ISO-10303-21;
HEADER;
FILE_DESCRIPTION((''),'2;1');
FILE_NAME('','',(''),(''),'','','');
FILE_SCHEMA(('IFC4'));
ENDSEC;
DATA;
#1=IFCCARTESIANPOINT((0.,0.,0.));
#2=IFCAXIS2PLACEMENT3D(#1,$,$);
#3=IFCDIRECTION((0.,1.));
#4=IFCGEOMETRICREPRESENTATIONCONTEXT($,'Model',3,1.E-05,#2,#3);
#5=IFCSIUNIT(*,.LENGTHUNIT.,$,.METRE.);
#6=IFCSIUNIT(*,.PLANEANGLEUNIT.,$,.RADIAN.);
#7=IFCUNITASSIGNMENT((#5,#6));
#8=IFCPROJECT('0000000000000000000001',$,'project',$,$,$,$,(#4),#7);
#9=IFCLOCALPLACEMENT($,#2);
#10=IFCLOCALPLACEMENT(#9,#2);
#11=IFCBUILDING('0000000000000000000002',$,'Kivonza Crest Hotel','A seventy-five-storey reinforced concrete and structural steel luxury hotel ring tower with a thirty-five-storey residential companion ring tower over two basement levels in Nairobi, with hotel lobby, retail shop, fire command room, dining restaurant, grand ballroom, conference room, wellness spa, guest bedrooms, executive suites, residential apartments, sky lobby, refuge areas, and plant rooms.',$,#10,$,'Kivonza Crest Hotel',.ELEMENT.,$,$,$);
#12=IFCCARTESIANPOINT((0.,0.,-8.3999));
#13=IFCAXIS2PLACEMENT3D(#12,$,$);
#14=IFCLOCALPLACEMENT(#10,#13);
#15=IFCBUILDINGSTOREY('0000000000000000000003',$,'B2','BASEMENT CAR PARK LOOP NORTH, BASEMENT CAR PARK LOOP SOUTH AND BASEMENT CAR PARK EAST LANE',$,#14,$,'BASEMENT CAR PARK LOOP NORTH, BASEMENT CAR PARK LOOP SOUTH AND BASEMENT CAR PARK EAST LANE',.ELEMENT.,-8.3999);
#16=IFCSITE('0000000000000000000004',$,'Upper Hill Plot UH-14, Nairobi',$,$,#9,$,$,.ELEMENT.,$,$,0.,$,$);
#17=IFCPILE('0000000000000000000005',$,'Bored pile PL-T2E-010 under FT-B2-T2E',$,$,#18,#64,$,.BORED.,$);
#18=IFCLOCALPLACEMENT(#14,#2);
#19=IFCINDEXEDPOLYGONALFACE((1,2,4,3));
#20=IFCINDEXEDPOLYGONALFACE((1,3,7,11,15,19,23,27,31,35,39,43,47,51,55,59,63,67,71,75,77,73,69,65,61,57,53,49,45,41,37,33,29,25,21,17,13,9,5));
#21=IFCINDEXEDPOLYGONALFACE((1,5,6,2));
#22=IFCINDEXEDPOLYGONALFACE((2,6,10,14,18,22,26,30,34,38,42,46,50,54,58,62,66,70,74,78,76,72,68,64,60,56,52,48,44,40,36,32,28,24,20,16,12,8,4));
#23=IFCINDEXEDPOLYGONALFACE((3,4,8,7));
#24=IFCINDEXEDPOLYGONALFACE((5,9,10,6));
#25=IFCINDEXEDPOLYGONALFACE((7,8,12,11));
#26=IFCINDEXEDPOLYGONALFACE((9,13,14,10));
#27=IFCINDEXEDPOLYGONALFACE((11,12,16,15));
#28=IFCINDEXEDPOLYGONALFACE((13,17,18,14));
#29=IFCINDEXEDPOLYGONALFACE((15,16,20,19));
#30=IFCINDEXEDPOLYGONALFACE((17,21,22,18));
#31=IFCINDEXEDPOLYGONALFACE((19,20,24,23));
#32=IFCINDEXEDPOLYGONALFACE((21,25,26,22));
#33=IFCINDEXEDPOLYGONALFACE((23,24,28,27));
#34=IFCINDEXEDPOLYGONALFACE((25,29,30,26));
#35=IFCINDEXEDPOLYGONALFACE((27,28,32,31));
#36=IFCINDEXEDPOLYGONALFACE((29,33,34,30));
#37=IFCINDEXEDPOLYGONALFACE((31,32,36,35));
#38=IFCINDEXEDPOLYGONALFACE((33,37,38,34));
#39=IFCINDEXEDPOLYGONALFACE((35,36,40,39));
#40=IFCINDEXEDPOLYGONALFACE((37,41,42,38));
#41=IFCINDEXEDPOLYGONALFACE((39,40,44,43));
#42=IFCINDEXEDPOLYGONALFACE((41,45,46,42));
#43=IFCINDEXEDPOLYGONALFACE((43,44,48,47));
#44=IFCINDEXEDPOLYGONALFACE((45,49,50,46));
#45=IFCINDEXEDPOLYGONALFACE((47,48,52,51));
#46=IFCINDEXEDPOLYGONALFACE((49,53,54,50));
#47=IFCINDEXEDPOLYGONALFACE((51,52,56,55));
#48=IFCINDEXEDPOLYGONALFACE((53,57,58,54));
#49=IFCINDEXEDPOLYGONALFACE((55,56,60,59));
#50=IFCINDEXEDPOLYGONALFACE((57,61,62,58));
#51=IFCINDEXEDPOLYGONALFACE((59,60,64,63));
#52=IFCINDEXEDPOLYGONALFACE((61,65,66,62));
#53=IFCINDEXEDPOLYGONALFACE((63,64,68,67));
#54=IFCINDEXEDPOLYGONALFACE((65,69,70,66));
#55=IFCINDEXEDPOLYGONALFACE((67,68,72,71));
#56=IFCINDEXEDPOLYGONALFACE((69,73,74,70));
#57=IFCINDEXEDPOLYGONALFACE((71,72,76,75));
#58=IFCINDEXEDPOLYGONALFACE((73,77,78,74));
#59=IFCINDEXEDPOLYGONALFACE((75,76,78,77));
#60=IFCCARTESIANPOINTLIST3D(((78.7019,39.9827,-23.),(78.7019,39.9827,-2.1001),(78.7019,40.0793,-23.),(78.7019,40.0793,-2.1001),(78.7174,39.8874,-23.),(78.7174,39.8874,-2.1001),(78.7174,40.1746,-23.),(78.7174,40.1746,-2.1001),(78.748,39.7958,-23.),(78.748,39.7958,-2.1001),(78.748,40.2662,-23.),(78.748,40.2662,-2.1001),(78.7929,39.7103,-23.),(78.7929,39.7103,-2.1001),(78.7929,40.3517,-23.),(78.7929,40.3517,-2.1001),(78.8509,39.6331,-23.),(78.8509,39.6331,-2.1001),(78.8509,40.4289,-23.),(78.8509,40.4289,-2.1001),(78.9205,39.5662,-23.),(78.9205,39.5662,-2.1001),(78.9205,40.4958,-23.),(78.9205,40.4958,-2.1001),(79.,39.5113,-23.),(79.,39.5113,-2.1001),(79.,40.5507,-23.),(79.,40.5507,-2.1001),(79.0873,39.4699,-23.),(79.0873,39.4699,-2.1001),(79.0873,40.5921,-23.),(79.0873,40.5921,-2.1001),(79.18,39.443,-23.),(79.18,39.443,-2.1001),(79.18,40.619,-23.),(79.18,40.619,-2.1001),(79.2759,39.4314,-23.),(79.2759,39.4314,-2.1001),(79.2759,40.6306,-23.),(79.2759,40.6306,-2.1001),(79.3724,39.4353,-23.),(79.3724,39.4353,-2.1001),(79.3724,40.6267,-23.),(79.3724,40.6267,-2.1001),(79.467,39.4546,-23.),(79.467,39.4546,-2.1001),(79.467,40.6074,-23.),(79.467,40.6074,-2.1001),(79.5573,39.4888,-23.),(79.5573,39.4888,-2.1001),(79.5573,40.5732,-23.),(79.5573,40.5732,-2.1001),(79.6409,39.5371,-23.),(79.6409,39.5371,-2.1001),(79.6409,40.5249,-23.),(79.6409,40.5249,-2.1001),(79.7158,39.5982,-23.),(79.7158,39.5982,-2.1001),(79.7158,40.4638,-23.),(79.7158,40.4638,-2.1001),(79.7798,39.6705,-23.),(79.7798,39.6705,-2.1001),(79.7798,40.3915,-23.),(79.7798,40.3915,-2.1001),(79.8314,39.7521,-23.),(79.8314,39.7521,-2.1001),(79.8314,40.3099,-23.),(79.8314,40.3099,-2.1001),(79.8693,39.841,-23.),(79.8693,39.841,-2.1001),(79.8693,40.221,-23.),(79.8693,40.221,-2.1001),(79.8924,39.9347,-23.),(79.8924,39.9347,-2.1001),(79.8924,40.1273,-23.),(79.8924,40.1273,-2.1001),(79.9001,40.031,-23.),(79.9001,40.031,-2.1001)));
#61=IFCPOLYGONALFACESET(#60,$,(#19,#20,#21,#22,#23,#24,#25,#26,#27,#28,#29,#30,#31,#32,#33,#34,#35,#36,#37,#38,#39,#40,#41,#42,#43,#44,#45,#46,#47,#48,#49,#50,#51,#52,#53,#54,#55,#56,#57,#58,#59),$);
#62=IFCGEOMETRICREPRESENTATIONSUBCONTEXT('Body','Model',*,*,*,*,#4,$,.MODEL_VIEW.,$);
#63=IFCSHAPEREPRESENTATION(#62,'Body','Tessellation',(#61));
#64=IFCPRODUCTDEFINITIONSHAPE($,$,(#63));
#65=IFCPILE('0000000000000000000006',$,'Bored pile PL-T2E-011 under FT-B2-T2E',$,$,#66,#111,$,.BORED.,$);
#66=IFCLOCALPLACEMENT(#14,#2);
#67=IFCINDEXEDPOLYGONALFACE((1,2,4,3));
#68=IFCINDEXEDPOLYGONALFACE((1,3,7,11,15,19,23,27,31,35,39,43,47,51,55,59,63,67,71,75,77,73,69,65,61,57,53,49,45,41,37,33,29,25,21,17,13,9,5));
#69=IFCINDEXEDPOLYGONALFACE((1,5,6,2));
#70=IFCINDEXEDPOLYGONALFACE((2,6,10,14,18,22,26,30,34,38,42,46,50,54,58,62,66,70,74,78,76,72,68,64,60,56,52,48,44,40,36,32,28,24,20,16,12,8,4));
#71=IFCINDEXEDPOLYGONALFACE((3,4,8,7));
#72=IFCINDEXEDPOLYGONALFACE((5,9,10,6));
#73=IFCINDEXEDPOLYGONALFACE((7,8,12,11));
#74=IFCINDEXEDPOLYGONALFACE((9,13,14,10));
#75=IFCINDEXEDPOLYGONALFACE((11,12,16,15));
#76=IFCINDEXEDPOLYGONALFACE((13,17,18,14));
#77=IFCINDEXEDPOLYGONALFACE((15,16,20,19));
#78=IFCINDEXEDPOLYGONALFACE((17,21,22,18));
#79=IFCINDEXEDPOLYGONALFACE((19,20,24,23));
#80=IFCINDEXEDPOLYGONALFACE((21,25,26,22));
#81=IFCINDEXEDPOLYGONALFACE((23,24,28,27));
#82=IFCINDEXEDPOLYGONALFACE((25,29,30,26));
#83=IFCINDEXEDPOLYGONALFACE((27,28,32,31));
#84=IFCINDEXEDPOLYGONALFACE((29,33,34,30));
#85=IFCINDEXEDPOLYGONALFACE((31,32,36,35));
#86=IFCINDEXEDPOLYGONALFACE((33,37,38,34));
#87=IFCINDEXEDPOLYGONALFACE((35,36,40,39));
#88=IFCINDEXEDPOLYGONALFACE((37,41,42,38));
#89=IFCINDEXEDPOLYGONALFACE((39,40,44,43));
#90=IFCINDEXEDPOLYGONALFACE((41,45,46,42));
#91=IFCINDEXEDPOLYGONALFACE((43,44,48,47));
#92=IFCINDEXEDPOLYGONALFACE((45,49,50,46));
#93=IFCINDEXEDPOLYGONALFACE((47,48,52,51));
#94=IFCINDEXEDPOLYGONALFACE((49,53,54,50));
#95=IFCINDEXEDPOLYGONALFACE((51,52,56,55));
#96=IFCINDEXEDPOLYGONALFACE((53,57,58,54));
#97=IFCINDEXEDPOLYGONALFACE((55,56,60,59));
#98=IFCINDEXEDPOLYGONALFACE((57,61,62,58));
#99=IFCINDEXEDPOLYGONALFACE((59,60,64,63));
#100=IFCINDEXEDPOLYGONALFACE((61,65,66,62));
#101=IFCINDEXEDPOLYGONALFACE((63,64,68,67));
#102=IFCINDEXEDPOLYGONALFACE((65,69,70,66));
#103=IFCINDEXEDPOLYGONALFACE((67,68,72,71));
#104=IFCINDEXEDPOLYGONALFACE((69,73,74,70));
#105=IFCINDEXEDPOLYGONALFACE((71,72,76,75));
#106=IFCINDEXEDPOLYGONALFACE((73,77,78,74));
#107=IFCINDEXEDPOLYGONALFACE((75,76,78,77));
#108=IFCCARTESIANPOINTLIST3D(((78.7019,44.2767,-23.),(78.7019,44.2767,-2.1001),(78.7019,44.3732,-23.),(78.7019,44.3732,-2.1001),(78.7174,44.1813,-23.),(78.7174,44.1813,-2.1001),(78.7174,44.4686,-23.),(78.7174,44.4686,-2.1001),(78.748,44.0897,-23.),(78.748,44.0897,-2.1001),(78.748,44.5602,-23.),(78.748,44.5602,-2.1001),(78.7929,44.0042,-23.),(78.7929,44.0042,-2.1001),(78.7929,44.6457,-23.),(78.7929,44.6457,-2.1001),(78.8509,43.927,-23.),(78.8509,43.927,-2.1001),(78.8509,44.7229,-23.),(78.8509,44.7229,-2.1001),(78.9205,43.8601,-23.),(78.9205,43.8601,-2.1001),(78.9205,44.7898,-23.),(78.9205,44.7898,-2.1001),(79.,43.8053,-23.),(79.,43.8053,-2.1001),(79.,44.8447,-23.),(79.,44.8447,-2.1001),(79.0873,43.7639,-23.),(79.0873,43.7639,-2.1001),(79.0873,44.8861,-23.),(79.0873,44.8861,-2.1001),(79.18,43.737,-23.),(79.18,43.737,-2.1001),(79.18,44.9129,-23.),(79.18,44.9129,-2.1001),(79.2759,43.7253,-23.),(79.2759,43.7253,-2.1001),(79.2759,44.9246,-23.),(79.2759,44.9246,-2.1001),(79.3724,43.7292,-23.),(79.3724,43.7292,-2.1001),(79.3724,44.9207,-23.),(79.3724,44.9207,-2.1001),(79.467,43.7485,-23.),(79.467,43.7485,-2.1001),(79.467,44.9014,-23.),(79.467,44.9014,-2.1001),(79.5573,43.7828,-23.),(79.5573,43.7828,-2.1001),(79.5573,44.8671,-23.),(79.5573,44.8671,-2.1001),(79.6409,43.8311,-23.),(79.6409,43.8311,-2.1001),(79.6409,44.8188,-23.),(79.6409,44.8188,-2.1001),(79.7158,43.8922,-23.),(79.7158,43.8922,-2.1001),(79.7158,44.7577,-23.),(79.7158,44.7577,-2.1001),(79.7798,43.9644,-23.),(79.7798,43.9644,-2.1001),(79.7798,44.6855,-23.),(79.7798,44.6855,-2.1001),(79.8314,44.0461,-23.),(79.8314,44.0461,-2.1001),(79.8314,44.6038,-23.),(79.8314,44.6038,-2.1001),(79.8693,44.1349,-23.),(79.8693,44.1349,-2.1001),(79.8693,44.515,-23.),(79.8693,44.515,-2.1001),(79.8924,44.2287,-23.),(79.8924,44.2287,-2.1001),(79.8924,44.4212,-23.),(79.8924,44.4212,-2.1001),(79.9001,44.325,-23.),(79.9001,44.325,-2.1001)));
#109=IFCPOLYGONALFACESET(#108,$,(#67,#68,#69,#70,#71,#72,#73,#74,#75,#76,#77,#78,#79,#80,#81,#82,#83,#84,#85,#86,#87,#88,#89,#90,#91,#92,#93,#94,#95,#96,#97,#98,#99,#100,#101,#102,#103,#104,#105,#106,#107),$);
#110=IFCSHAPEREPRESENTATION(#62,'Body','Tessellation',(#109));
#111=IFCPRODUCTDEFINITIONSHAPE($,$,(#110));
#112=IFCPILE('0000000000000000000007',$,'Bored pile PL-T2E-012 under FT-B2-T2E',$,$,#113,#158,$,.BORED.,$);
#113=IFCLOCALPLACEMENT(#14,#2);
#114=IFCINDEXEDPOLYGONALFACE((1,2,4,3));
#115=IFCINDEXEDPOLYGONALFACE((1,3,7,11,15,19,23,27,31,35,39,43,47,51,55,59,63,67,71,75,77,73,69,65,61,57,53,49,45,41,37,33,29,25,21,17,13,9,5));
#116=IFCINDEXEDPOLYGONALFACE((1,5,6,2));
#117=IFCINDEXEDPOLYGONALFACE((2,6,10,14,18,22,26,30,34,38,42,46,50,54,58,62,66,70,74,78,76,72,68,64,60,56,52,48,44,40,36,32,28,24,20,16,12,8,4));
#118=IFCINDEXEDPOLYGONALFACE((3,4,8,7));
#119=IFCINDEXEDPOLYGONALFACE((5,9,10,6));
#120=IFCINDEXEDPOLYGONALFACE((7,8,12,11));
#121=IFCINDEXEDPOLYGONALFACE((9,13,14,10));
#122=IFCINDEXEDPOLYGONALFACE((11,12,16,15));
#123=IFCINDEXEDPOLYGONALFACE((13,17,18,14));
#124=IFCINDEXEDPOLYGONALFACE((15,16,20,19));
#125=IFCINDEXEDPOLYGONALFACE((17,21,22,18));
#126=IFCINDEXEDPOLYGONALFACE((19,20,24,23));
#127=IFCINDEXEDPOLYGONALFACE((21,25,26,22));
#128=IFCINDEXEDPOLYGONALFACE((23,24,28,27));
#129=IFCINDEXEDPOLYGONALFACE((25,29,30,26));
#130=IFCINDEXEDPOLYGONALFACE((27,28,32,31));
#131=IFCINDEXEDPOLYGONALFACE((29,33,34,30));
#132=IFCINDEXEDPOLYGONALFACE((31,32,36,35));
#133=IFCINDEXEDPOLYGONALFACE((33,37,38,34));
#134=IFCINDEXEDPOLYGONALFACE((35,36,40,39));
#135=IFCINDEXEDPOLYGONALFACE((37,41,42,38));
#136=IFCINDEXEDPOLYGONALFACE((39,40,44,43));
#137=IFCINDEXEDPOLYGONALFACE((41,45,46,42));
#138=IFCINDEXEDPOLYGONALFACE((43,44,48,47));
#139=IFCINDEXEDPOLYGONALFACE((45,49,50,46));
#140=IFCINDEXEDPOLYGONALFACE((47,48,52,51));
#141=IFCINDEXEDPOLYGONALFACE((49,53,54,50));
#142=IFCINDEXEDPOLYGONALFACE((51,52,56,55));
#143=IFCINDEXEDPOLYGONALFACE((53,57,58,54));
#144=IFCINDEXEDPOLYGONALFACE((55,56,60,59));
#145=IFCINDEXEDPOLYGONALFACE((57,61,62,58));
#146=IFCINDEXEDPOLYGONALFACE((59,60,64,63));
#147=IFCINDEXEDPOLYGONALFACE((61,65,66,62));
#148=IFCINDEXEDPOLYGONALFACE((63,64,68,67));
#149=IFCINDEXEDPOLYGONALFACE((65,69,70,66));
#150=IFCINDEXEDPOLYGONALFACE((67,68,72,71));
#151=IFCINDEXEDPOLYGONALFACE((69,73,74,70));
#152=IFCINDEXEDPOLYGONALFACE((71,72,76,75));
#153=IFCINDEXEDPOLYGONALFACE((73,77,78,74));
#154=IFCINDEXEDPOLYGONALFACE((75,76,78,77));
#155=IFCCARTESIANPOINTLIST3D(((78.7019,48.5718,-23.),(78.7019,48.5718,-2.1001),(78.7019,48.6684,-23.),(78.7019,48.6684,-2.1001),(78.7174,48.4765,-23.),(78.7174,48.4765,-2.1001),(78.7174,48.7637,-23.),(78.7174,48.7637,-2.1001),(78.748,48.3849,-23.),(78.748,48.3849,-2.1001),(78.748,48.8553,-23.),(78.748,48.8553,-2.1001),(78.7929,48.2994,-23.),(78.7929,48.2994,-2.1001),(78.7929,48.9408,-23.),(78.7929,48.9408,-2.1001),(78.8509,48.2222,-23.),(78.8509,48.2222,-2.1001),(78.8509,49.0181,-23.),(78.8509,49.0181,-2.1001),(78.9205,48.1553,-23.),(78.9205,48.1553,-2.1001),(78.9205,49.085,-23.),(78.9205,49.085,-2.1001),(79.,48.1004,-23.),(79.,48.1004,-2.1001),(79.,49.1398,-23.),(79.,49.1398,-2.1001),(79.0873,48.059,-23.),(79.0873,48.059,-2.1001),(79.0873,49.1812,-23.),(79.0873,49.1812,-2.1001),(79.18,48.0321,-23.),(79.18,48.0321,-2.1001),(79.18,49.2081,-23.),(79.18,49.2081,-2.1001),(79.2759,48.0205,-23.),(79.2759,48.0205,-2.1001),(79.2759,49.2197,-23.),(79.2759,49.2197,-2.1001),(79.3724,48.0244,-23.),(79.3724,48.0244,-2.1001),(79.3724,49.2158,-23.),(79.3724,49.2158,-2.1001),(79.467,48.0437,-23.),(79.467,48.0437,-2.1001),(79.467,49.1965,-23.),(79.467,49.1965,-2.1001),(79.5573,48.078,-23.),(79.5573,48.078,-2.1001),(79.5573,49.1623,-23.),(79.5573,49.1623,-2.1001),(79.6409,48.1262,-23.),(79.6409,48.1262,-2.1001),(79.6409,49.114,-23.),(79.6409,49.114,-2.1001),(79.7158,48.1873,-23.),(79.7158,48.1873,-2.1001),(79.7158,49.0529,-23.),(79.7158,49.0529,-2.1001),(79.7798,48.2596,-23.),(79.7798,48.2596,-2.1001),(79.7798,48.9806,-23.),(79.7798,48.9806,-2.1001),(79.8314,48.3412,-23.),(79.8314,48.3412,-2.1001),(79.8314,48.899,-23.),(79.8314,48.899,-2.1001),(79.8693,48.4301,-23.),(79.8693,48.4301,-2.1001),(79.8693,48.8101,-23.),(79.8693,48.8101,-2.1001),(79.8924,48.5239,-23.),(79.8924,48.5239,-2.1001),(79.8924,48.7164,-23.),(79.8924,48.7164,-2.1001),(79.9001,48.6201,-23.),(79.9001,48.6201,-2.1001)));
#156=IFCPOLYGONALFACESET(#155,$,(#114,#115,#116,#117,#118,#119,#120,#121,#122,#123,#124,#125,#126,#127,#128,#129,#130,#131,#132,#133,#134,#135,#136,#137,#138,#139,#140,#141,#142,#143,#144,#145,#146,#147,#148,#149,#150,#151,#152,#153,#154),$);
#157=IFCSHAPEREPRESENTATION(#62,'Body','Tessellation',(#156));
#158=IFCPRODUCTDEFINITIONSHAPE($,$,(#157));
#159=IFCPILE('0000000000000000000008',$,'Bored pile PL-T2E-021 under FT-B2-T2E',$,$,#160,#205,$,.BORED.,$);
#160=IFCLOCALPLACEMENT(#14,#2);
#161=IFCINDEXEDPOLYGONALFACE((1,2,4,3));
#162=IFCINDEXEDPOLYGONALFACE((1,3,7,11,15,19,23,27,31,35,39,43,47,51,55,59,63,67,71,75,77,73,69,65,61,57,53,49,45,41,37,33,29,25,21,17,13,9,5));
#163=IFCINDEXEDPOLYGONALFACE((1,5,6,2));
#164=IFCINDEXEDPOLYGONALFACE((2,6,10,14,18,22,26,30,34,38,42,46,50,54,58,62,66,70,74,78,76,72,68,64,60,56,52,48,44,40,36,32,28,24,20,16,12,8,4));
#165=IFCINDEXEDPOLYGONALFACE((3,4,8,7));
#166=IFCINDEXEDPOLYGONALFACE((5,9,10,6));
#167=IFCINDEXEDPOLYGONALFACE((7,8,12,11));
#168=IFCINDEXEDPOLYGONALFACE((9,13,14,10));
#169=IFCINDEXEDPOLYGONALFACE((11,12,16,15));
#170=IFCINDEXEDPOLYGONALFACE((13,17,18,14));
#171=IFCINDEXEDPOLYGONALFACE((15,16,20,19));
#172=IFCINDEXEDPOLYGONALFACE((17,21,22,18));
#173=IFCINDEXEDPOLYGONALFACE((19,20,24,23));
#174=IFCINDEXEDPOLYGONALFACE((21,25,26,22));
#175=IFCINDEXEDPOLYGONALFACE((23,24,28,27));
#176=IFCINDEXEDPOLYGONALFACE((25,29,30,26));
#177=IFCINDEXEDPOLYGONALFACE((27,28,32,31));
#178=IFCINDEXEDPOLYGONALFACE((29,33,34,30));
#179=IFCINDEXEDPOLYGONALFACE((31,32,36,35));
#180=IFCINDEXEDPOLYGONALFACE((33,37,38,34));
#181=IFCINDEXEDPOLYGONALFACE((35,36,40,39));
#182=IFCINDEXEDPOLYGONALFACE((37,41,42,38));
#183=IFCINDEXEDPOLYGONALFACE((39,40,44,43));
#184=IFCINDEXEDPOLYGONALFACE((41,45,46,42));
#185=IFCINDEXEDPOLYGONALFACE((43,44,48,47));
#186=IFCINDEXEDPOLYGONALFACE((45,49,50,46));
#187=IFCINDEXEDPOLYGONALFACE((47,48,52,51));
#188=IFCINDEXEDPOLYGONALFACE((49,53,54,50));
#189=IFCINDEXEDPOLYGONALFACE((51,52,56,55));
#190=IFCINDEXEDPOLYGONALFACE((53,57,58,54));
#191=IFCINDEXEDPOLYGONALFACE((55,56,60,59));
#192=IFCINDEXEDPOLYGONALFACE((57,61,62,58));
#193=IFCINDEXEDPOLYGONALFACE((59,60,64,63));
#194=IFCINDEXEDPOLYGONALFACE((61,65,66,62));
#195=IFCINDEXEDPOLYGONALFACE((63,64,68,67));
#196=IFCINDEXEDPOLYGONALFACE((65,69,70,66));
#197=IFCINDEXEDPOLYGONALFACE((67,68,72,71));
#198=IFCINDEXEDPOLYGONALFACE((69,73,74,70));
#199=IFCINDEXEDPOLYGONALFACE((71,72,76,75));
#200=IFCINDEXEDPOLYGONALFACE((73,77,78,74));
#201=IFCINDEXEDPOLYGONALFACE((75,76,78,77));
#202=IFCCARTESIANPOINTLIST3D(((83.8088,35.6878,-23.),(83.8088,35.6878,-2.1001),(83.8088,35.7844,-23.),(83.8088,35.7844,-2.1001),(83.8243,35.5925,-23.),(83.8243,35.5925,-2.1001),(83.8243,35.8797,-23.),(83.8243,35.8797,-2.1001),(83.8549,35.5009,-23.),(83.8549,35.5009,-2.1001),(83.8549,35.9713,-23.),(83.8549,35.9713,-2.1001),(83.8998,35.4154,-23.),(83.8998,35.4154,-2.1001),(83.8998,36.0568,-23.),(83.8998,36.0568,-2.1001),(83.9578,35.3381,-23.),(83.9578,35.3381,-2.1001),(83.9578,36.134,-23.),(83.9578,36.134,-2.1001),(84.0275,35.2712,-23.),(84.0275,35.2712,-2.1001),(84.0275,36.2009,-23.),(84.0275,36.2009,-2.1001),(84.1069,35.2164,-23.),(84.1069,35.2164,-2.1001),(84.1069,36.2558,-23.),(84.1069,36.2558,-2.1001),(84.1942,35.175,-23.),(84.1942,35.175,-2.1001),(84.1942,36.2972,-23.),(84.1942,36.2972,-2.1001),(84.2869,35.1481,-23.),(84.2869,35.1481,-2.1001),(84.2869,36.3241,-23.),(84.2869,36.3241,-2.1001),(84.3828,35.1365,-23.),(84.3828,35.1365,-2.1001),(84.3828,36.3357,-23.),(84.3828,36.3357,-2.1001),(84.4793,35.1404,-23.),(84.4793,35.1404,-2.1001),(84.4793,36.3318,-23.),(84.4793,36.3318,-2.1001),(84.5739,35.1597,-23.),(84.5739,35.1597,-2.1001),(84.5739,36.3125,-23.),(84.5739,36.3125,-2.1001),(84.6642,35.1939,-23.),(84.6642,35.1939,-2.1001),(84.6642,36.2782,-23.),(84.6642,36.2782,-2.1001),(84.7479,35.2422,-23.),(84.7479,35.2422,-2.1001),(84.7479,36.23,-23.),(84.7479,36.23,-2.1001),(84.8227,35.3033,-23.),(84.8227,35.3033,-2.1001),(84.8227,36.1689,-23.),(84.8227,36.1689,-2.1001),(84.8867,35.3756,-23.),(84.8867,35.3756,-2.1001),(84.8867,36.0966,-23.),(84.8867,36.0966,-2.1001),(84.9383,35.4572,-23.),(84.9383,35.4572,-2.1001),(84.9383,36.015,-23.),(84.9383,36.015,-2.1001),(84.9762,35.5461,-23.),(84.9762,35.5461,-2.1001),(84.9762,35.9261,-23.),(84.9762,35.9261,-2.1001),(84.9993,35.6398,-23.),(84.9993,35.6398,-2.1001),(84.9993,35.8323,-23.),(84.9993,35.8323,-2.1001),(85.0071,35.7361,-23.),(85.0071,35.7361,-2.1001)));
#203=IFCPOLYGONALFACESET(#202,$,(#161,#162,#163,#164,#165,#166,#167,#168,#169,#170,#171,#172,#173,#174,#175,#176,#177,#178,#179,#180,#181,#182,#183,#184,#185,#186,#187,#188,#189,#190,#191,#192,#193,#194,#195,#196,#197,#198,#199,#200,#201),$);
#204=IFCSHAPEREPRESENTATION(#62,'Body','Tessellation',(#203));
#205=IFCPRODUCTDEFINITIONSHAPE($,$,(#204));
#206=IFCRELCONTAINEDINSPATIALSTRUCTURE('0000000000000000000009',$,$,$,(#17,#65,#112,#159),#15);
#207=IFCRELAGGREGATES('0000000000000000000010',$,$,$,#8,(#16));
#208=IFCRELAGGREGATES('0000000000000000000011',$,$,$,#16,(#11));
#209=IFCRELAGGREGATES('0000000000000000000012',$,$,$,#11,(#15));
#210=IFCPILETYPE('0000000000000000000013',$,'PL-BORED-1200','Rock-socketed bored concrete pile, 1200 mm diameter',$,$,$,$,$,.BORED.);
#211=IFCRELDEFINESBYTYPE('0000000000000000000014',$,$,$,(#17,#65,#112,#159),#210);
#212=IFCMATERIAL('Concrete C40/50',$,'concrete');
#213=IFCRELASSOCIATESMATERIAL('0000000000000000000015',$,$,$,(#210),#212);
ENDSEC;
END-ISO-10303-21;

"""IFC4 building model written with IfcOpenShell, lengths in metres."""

from ifc_helpers import new_model, si_unit, direction, frame, origin, origin_2d, place, context, subcontext, project, spatial, circle, extrude, material, material_profile, profile_set, type_object, element, save


model = new_model("IFC4")

# Units and contexts
model_context = context("Model", 3, precision=1e-05, world=origin(), true_north=direction((0.0, 1.0)))
body_context = subcontext(model_context, "Body", "Model", "MODEL_VIEW")
ifc_project = project(units=[si_unit("LENGTHUNIT", "METRE"), si_unit("PLANEANGLEUNIT", "RADIAN")], contexts=[model_context])

# Site, building, storey
site_placement = place(None, origin())
site = spatial("IfcSite", under=ifc_project, at=site_placement, Name="Upper Hill Plot UH-14, Nairobi", CompositionType="ELEMENT", RefElevation=0.0)
building_placement = place(site_placement, origin())
building = spatial("IfcBuilding", under=site, at=building_placement, Name="Kivonza Crest Hotel", Description="A seventy-five-storey reinforced concrete and structural steel luxury hotel ring tower with a thirty-five-storey residential companion ring tower over two basement levels in Nairobi, with hotel lobby, retail shop, fire command room, dining restaurant, grand ballroom, conference room, wellness spa, guest bedrooms, executive suites, residential apartments, sky lobby, refuge areas, and plant rooms.", LongName="Kivonza Crest Hotel", CompositionType="ELEMENT")
storey_placement = place(building_placement, frame((0.0, 0.0, -8.3999)))
storey = spatial("IfcBuildingStorey", under=building, at=storey_placement, Name="B2", Description="BASEMENT CAR PARK LOOP NORTH, BASEMENT CAR PARK LOOP SOUTH AND BASEMENT CAR PARK EAST LANE", LongName="BASEMENT CAR PARK LOOP NORTH, BASEMENT CAR PARK LOOP SOUTH AND BASEMENT CAR PARK EAST LANE", CompositionType="ELEMENT", Elevation=-8.3999)

# Piles
ifc_material_1 = material(Name="Concrete C40/50", Category="concrete")
ifc_material_profile_1 = material_profile(ifc_material_1, circle(Radius=0.6001, at=origin_2d()), Name="PILE D1200")
ifc_profile_set_1 = profile_set([ifc_material_profile_1], Name="Concrete C40/50")
pile_type = type_object("IfcPileType", Name="PL-BORED-1200", Description="Rock-socketed bored concrete pile, 1200 mm diameter", PredefinedType="BORED", material=ifc_profile_set_1)
for number, where, z_axis, x_axis, name in (
    (1, (79.3, 40.031, -2.1001), (0.0, 0.0, -1.0), (1.0, 0.0, 0.0), "Bored pile PL-T2E-010 under FT-B2-T2E"),
    (2, (79.3, 44.325, -2.1001), (0.0, 0.0, -1.0), (1.0, 0.0, 0.0), "Bored pile PL-T2E-011 under FT-B2-T2E"),
    (3, (79.3, 48.6201, -2.1001), (0.0, 0.0, -1.0), (1.0, 0.0, 0.0), "Bored pile PL-T2E-012 under FT-B2-T2E"),
    (4, (84.407, 35.7361, -2.1001), (0.0, 0.0, -1.0), (1.0, 0.0, 0.0), "Bored pile PL-T2E-021 under FT-B2-T2E"),
):
    element("IfcPile", number, at=place(storey_placement, frame(where, z_axis=z_axis, x_axis=x_axis)), inside=storey, type_object=pile_type, Name=name, PredefinedType="BORED", context=body_context, shape_type="SweptSolid", body=[
        extrude(circle(Radius=0.6001, at=origin_2d()), origin(), (0.0, 0.0, 1.0), 20.8999),
    ])

save(model, "model.ifc")
